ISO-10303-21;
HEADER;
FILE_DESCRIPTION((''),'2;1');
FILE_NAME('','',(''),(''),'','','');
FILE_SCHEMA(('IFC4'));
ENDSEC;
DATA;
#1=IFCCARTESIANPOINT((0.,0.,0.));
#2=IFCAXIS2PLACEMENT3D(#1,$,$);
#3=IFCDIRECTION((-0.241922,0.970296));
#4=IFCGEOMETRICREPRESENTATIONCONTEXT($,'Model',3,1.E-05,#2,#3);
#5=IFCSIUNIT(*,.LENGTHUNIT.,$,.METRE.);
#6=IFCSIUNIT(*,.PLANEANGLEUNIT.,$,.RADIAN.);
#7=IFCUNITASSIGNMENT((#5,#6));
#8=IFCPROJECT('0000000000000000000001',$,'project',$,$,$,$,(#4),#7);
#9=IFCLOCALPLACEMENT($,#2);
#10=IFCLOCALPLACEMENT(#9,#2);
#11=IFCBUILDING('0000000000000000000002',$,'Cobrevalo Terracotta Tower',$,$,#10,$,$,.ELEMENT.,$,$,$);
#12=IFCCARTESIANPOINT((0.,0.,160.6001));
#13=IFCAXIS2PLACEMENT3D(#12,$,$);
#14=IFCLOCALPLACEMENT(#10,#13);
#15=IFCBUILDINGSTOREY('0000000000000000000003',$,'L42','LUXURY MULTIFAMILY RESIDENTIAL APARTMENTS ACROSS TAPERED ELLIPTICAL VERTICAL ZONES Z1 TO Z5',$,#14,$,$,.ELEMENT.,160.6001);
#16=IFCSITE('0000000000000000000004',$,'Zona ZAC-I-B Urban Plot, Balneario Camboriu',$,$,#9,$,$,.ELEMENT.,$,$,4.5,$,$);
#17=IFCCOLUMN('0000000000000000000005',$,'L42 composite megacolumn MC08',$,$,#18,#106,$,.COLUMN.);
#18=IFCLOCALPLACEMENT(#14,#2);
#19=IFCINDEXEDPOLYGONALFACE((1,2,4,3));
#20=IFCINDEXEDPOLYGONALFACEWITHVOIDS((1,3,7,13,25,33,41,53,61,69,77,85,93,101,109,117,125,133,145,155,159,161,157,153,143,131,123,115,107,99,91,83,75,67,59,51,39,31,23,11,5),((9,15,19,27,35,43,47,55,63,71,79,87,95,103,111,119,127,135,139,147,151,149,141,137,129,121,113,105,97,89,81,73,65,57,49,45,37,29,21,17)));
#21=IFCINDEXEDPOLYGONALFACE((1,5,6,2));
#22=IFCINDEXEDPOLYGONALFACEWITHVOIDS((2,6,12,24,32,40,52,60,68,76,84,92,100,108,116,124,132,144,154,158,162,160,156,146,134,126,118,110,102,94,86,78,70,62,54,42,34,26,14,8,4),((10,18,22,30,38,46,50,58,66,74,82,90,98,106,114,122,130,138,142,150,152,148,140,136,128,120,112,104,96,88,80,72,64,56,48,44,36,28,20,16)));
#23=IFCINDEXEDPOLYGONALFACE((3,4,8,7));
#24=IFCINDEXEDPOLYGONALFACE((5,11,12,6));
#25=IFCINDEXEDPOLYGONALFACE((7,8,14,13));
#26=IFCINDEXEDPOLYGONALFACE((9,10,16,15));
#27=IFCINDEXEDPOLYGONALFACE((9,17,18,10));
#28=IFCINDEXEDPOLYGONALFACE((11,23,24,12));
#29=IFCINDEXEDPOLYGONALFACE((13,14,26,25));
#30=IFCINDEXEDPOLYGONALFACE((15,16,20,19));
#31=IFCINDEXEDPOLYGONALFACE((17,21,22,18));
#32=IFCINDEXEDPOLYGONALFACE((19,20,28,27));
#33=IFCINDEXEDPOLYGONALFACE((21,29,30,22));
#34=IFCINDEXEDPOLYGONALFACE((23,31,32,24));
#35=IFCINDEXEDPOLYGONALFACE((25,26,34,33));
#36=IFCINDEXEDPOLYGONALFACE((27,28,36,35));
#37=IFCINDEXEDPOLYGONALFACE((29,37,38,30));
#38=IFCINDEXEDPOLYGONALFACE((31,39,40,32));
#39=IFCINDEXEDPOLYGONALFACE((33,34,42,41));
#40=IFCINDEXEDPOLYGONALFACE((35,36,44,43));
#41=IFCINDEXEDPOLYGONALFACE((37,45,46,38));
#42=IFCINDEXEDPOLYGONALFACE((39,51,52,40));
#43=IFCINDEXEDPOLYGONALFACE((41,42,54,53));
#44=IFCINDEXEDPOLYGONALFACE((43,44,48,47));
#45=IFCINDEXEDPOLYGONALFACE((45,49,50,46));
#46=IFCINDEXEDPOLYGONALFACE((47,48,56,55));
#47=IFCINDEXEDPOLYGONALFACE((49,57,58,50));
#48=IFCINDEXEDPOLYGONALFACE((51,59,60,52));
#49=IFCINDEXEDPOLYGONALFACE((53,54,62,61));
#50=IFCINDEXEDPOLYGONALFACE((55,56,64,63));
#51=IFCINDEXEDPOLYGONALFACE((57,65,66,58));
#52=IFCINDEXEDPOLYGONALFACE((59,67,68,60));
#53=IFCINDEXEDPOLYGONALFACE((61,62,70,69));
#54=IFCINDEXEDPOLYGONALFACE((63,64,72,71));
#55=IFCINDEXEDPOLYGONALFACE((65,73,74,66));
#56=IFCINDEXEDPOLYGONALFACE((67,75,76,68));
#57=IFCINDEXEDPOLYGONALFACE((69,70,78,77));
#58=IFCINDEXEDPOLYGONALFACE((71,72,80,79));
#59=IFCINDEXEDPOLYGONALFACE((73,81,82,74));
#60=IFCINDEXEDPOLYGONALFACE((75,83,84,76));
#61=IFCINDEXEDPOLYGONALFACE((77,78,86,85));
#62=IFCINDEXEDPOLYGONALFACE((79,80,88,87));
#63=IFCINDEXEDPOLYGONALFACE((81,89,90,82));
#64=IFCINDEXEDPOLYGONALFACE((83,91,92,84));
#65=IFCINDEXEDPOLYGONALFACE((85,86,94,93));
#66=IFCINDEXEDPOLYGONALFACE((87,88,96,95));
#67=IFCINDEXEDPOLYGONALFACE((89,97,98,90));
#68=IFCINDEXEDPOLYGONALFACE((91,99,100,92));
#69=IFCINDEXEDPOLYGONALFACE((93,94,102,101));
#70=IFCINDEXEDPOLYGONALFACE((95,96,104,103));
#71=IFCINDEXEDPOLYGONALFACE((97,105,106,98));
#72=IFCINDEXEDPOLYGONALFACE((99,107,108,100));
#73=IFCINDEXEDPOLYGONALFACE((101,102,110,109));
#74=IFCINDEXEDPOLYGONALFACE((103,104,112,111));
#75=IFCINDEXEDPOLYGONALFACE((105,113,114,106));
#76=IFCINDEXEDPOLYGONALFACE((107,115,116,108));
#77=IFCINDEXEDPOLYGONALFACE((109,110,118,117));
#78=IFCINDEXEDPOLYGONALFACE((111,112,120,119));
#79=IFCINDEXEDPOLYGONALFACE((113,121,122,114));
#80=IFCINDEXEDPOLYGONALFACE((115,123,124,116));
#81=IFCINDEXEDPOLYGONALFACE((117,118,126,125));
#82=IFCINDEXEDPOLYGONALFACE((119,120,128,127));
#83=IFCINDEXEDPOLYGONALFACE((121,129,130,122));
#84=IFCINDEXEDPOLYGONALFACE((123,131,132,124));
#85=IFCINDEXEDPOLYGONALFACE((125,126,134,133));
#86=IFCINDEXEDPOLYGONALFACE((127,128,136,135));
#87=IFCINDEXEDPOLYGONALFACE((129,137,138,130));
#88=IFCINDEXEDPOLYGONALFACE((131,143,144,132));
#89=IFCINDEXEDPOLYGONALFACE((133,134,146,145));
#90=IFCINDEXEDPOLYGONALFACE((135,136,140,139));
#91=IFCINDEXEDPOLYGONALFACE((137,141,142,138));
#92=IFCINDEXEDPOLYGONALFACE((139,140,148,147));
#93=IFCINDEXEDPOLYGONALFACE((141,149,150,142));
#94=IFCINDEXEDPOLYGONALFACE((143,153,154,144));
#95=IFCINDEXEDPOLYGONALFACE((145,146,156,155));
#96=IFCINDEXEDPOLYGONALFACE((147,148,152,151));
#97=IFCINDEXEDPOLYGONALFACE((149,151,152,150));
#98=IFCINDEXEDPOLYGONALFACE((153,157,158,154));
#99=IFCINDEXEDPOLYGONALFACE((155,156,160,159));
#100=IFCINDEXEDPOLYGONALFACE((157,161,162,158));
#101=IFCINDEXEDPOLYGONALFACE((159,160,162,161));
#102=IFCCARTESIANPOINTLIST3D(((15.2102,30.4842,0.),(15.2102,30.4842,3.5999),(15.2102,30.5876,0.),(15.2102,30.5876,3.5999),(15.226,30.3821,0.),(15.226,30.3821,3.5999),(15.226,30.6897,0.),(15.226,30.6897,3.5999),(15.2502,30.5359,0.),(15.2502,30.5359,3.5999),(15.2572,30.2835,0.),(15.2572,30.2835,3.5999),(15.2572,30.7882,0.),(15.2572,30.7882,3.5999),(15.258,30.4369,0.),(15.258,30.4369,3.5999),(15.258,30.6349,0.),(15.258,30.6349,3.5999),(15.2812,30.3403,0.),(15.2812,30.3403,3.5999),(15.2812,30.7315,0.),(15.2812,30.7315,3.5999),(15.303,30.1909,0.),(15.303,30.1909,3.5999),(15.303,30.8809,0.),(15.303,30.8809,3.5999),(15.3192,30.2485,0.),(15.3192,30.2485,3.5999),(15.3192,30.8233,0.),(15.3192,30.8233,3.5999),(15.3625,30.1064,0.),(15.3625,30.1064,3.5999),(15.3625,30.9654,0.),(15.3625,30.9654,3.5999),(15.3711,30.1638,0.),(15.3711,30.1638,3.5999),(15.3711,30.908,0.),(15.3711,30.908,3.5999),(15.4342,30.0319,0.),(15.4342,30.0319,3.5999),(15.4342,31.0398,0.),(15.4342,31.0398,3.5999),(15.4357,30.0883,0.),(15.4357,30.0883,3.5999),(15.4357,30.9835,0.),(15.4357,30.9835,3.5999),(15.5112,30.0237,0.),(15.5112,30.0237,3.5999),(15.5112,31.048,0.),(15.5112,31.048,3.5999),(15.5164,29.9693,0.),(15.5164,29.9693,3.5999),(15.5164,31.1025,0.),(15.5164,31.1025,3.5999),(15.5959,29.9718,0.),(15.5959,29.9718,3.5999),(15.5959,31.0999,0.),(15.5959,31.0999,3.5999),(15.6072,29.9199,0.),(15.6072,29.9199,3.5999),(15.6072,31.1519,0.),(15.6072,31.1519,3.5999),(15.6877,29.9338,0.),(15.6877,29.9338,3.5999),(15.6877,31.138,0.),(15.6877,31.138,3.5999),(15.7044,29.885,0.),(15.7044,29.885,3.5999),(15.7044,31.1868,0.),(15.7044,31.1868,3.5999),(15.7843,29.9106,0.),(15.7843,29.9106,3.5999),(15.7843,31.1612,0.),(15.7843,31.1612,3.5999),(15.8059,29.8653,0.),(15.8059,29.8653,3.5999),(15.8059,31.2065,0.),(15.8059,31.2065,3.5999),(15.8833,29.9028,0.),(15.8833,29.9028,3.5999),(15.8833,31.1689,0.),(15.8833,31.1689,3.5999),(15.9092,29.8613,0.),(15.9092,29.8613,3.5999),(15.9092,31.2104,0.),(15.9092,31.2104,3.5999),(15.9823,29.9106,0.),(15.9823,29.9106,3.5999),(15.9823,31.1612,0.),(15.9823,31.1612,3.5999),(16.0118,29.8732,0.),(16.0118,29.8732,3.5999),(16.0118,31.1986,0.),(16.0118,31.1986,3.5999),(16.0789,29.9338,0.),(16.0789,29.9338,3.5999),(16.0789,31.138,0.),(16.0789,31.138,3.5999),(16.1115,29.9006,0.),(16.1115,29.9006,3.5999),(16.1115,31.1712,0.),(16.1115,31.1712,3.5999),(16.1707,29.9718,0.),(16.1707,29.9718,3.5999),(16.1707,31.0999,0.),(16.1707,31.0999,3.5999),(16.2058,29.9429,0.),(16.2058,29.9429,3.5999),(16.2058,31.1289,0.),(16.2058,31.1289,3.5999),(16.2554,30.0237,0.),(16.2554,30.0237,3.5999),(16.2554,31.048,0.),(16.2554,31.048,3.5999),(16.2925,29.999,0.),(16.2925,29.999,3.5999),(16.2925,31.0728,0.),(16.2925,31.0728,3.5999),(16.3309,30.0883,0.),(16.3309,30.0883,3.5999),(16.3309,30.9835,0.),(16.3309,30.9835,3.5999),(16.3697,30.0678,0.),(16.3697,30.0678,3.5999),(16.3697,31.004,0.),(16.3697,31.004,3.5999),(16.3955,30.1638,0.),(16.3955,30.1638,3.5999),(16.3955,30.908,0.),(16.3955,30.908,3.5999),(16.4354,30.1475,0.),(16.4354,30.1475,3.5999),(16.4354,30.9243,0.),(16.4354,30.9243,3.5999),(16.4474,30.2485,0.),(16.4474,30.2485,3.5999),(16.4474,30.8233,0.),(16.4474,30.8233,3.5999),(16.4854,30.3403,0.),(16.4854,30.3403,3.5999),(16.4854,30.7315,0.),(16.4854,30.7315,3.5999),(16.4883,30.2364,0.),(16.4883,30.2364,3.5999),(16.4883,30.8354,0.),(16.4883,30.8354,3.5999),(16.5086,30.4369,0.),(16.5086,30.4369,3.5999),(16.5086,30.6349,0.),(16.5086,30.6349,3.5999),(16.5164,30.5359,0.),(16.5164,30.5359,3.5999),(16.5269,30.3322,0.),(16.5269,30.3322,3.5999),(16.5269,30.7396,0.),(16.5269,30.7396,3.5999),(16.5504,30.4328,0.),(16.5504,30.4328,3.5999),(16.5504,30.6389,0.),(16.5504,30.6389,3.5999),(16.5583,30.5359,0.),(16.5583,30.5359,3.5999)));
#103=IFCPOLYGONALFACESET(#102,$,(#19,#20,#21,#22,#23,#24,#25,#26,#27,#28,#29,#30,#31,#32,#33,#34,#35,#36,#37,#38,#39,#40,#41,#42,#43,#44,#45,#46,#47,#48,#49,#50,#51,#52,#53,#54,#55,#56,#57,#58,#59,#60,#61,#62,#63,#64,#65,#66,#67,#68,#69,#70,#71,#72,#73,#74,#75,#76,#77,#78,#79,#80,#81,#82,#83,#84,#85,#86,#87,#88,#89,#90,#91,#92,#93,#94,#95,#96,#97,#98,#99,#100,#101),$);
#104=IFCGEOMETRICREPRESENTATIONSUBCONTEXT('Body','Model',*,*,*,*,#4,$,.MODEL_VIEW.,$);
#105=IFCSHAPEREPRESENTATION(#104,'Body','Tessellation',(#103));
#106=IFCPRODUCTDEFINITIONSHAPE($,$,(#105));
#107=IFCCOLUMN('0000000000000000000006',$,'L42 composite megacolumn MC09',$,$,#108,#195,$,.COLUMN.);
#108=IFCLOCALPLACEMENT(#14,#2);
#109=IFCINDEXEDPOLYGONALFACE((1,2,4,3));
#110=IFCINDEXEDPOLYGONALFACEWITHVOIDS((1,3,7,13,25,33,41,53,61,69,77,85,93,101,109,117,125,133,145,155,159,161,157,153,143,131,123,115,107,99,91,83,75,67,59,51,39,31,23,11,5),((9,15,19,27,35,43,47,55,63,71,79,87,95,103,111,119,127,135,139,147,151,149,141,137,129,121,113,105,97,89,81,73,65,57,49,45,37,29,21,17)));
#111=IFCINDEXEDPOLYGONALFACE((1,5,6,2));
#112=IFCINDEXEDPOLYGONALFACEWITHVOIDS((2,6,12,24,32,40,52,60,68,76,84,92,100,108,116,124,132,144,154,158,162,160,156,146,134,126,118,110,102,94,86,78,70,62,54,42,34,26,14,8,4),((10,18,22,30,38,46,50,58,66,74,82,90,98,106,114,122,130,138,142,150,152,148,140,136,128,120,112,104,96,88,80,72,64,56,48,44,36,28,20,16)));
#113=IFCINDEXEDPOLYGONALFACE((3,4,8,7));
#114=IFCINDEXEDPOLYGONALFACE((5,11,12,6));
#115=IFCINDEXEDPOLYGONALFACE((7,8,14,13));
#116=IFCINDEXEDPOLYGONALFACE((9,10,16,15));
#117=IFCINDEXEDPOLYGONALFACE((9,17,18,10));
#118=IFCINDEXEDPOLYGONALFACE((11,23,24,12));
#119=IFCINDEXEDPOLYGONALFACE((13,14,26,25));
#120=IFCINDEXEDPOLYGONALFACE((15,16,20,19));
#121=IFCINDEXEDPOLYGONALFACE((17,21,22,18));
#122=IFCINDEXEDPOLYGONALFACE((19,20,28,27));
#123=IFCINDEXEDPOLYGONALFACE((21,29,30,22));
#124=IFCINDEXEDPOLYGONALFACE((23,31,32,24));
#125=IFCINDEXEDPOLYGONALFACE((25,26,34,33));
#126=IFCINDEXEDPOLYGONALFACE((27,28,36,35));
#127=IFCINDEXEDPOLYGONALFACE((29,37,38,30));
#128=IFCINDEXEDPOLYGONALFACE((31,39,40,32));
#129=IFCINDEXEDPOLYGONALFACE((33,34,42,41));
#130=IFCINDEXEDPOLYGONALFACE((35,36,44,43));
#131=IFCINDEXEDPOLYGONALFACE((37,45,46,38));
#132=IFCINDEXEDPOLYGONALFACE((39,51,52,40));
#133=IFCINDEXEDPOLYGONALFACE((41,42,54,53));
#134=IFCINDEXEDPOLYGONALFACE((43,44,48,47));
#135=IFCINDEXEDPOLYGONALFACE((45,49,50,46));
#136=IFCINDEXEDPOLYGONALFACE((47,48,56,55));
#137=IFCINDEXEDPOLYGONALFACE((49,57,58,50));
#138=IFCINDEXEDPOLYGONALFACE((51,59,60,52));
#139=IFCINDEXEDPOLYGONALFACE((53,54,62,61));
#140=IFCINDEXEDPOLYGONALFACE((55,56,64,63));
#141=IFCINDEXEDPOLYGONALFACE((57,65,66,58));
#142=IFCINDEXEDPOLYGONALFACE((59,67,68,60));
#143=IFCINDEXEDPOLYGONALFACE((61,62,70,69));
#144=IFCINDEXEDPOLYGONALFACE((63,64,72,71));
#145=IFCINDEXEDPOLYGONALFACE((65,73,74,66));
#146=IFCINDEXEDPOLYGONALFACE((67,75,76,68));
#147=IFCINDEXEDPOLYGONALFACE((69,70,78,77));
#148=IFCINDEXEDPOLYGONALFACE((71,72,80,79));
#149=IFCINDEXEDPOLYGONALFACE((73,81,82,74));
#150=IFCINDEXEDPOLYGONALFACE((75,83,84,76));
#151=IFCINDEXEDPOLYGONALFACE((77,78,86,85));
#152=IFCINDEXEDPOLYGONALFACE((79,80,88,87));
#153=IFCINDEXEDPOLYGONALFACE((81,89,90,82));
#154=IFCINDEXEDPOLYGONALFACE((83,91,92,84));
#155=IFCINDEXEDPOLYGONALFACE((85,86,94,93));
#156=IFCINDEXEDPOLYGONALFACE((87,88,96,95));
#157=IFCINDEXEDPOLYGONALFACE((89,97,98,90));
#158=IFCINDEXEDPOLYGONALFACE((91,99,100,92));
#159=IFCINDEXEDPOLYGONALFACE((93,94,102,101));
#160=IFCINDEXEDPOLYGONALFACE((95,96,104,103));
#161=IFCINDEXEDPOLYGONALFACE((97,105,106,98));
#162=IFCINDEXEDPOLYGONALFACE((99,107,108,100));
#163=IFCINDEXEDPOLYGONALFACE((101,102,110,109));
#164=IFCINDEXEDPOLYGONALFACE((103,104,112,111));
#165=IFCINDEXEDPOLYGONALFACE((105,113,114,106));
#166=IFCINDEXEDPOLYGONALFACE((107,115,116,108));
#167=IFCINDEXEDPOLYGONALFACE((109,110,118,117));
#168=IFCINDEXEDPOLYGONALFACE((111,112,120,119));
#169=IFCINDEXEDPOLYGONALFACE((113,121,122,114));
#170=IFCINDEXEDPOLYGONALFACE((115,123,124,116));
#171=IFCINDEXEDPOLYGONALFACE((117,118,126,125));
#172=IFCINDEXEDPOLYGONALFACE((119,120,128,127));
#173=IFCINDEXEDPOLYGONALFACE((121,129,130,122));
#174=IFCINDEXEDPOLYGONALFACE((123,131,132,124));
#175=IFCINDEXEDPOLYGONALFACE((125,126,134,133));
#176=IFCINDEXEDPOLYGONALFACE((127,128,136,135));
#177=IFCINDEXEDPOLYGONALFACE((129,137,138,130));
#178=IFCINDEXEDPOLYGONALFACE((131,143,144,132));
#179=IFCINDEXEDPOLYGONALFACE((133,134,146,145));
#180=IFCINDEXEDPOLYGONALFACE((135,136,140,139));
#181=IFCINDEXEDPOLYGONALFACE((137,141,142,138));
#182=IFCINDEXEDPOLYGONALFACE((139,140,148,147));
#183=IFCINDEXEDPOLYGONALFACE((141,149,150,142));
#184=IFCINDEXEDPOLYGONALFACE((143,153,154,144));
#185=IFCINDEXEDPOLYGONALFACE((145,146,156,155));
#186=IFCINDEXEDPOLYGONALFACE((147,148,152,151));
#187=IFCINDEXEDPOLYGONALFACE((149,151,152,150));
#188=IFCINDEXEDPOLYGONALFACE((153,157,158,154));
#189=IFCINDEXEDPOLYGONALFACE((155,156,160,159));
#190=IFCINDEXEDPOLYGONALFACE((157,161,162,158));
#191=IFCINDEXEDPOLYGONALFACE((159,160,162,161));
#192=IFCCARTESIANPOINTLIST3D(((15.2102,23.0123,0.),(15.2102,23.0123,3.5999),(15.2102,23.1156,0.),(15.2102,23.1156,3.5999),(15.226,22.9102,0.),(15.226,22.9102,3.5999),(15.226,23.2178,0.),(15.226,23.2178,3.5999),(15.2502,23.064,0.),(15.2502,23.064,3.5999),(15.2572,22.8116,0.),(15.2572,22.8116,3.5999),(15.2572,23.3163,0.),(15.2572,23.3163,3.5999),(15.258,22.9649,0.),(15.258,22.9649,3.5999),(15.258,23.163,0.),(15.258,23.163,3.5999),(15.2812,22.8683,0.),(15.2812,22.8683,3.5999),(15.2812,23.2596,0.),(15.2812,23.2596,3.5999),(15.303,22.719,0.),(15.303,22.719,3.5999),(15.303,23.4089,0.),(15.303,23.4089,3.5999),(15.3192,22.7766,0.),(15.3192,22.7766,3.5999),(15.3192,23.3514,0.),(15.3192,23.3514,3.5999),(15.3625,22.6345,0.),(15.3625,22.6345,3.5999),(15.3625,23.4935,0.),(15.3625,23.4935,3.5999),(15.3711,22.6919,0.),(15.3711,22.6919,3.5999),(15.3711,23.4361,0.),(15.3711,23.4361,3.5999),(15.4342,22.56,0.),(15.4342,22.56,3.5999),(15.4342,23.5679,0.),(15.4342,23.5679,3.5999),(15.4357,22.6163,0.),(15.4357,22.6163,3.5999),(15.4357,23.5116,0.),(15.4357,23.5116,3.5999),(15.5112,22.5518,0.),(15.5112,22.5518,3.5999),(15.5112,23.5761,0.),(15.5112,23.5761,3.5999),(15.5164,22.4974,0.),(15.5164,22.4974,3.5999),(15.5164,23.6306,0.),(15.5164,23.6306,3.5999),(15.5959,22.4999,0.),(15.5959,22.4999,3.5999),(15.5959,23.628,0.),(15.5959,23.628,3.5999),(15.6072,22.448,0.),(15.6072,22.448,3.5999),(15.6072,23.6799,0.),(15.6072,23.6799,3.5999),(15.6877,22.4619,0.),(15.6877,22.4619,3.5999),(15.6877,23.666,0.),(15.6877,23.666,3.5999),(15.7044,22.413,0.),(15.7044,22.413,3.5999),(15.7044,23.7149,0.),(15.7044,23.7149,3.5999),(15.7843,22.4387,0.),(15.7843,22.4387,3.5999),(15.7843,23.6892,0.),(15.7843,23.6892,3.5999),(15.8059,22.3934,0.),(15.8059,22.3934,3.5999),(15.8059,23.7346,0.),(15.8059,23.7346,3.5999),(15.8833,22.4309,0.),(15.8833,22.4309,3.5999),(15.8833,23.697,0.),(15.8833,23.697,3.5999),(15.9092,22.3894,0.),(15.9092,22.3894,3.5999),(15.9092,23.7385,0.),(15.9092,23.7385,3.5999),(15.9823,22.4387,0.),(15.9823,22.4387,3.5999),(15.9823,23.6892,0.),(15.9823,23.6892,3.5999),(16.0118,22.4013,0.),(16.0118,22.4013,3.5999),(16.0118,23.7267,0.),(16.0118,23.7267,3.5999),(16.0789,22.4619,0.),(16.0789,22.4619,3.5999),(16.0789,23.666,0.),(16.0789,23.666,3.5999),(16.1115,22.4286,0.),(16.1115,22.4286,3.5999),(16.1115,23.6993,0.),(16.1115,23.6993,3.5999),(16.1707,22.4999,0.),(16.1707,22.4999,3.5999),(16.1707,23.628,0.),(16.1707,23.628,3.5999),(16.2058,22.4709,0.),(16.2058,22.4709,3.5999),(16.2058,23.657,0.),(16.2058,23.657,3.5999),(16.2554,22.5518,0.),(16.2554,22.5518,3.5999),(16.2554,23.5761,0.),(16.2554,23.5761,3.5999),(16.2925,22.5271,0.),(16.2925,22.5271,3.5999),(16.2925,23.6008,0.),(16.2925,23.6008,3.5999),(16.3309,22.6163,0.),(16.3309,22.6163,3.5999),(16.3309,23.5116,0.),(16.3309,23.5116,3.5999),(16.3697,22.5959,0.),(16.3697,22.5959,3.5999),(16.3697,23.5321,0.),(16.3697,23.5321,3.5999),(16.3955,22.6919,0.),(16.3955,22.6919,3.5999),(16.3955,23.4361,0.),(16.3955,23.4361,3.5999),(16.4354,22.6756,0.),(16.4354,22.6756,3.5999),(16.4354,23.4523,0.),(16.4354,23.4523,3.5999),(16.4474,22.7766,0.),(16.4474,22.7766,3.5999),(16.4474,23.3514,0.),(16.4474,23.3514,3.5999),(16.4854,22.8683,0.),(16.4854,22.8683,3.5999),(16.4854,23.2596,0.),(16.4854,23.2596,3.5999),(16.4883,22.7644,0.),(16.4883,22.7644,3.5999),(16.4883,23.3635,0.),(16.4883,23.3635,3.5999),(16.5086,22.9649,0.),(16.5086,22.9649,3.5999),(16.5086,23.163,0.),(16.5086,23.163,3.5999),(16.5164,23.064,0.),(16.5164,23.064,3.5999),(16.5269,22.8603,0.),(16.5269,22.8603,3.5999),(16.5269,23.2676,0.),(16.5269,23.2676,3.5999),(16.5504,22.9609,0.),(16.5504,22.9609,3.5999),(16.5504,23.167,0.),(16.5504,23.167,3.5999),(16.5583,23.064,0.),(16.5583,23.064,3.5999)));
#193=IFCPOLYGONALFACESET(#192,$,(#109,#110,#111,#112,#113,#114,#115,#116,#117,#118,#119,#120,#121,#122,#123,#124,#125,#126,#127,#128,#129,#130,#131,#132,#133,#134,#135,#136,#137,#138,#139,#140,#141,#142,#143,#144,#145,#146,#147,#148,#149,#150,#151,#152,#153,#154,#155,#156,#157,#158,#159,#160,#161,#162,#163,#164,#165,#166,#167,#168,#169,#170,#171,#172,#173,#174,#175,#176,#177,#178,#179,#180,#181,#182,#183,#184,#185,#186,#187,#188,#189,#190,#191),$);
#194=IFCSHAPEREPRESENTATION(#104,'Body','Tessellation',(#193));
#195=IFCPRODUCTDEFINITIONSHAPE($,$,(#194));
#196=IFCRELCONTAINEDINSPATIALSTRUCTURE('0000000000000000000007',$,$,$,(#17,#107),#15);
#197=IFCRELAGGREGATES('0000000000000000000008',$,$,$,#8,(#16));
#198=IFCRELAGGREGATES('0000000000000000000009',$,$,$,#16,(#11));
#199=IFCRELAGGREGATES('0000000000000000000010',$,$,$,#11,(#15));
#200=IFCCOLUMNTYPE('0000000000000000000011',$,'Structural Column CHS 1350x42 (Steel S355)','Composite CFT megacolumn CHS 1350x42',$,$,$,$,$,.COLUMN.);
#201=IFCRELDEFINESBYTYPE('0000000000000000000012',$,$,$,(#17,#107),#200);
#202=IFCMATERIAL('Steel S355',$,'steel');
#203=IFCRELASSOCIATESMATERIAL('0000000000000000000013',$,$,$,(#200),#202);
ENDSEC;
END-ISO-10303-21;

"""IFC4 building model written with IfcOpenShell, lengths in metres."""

from ifc_helpers import new_model, si_unit, direction, frame, origin, origin_2d, place, context, subcontext, project, spatial, hollow_circle, extrude, material, material_profile, profile_set, type_object, element, save


model = new_model("IFC4")

# Units and contexts
model_context = context("Model", 3, precision=1e-05, world=origin(), true_north=direction((-0.241922, 0.970296)))
body_context = subcontext(model_context, "Body", "Model", "MODEL_VIEW")
ifc_project = project(units=[si_unit("LENGTHUNIT", "METRE"), si_unit("PLANEANGLEUNIT", "RADIAN")], contexts=[model_context])

# Site, building, storey
site_placement = place(None, origin())
site = spatial("IfcSite", under=ifc_project, at=site_placement, Name="Zona ZAC-I-B Urban Plot, Balneario Camboriu", CompositionType="ELEMENT", RefElevation=4.5)
building_placement = place(site_placement, origin())
building = spatial("IfcBuilding", under=site, at=building_placement, Name="Cobrevalo Terracotta Tower", CompositionType="ELEMENT")
storey_placement = place(building_placement, frame((0.0, 0.0, 160.6001)))
storey = spatial("IfcBuildingStorey", under=building, at=storey_placement, Name="L42", Description="LUXURY MULTIFAMILY RESIDENTIAL APARTMENTS ACROSS TAPERED ELLIPTICAL VERTICAL ZONES Z1 TO Z5", CompositionType="ELEMENT", Elevation=160.6001)

# Columns
ifc_material_1 = material(Name="Steel S355", Category="steel")
ifc_material_profile_1 = material_profile(ifc_material_1, hollow_circle(Radius=0.675, WallThickness=0.042, at=origin_2d()), Name="CHS 1350x42")
ifc_profile_set_1 = profile_set([ifc_material_profile_1], Name="Steel S355")
column_type = type_object("IfcColumnType", Name="Structural Column CHS 1350x42 (Steel S355)", Description="Composite CFT megacolumn CHS 1350x42", PredefinedType="COLUMN", material=ifc_profile_set_1)
for number, where, z_axis, x_axis, name in (
    (1, (15.8833, 30.5359, 0.0), (0.0, 0.0, 1.0), (1.0, 0.0, 0.0), "L42 composite megacolumn MC08"),
    (2, (15.8833, 23.064, 0.0), (0.0, 0.0, 1.0), (1.0, 0.0, 0.0), "L42 composite megacolumn MC09"),
):
    element("IfcColumn", number, at=place(storey_placement, frame(where, z_axis=z_axis, x_axis=x_axis)), inside=storey, type_object=column_type, Name=name, PredefinedType="COLUMN", context=body_context, shape_type="SweptSolid", body=[
        extrude(hollow_circle(Radius=0.675, WallThickness=0.042, at=origin_2d()), origin(), (0.0, 0.0, 1.0), 3.5999),
    ])

save(model, "model.ifc")
